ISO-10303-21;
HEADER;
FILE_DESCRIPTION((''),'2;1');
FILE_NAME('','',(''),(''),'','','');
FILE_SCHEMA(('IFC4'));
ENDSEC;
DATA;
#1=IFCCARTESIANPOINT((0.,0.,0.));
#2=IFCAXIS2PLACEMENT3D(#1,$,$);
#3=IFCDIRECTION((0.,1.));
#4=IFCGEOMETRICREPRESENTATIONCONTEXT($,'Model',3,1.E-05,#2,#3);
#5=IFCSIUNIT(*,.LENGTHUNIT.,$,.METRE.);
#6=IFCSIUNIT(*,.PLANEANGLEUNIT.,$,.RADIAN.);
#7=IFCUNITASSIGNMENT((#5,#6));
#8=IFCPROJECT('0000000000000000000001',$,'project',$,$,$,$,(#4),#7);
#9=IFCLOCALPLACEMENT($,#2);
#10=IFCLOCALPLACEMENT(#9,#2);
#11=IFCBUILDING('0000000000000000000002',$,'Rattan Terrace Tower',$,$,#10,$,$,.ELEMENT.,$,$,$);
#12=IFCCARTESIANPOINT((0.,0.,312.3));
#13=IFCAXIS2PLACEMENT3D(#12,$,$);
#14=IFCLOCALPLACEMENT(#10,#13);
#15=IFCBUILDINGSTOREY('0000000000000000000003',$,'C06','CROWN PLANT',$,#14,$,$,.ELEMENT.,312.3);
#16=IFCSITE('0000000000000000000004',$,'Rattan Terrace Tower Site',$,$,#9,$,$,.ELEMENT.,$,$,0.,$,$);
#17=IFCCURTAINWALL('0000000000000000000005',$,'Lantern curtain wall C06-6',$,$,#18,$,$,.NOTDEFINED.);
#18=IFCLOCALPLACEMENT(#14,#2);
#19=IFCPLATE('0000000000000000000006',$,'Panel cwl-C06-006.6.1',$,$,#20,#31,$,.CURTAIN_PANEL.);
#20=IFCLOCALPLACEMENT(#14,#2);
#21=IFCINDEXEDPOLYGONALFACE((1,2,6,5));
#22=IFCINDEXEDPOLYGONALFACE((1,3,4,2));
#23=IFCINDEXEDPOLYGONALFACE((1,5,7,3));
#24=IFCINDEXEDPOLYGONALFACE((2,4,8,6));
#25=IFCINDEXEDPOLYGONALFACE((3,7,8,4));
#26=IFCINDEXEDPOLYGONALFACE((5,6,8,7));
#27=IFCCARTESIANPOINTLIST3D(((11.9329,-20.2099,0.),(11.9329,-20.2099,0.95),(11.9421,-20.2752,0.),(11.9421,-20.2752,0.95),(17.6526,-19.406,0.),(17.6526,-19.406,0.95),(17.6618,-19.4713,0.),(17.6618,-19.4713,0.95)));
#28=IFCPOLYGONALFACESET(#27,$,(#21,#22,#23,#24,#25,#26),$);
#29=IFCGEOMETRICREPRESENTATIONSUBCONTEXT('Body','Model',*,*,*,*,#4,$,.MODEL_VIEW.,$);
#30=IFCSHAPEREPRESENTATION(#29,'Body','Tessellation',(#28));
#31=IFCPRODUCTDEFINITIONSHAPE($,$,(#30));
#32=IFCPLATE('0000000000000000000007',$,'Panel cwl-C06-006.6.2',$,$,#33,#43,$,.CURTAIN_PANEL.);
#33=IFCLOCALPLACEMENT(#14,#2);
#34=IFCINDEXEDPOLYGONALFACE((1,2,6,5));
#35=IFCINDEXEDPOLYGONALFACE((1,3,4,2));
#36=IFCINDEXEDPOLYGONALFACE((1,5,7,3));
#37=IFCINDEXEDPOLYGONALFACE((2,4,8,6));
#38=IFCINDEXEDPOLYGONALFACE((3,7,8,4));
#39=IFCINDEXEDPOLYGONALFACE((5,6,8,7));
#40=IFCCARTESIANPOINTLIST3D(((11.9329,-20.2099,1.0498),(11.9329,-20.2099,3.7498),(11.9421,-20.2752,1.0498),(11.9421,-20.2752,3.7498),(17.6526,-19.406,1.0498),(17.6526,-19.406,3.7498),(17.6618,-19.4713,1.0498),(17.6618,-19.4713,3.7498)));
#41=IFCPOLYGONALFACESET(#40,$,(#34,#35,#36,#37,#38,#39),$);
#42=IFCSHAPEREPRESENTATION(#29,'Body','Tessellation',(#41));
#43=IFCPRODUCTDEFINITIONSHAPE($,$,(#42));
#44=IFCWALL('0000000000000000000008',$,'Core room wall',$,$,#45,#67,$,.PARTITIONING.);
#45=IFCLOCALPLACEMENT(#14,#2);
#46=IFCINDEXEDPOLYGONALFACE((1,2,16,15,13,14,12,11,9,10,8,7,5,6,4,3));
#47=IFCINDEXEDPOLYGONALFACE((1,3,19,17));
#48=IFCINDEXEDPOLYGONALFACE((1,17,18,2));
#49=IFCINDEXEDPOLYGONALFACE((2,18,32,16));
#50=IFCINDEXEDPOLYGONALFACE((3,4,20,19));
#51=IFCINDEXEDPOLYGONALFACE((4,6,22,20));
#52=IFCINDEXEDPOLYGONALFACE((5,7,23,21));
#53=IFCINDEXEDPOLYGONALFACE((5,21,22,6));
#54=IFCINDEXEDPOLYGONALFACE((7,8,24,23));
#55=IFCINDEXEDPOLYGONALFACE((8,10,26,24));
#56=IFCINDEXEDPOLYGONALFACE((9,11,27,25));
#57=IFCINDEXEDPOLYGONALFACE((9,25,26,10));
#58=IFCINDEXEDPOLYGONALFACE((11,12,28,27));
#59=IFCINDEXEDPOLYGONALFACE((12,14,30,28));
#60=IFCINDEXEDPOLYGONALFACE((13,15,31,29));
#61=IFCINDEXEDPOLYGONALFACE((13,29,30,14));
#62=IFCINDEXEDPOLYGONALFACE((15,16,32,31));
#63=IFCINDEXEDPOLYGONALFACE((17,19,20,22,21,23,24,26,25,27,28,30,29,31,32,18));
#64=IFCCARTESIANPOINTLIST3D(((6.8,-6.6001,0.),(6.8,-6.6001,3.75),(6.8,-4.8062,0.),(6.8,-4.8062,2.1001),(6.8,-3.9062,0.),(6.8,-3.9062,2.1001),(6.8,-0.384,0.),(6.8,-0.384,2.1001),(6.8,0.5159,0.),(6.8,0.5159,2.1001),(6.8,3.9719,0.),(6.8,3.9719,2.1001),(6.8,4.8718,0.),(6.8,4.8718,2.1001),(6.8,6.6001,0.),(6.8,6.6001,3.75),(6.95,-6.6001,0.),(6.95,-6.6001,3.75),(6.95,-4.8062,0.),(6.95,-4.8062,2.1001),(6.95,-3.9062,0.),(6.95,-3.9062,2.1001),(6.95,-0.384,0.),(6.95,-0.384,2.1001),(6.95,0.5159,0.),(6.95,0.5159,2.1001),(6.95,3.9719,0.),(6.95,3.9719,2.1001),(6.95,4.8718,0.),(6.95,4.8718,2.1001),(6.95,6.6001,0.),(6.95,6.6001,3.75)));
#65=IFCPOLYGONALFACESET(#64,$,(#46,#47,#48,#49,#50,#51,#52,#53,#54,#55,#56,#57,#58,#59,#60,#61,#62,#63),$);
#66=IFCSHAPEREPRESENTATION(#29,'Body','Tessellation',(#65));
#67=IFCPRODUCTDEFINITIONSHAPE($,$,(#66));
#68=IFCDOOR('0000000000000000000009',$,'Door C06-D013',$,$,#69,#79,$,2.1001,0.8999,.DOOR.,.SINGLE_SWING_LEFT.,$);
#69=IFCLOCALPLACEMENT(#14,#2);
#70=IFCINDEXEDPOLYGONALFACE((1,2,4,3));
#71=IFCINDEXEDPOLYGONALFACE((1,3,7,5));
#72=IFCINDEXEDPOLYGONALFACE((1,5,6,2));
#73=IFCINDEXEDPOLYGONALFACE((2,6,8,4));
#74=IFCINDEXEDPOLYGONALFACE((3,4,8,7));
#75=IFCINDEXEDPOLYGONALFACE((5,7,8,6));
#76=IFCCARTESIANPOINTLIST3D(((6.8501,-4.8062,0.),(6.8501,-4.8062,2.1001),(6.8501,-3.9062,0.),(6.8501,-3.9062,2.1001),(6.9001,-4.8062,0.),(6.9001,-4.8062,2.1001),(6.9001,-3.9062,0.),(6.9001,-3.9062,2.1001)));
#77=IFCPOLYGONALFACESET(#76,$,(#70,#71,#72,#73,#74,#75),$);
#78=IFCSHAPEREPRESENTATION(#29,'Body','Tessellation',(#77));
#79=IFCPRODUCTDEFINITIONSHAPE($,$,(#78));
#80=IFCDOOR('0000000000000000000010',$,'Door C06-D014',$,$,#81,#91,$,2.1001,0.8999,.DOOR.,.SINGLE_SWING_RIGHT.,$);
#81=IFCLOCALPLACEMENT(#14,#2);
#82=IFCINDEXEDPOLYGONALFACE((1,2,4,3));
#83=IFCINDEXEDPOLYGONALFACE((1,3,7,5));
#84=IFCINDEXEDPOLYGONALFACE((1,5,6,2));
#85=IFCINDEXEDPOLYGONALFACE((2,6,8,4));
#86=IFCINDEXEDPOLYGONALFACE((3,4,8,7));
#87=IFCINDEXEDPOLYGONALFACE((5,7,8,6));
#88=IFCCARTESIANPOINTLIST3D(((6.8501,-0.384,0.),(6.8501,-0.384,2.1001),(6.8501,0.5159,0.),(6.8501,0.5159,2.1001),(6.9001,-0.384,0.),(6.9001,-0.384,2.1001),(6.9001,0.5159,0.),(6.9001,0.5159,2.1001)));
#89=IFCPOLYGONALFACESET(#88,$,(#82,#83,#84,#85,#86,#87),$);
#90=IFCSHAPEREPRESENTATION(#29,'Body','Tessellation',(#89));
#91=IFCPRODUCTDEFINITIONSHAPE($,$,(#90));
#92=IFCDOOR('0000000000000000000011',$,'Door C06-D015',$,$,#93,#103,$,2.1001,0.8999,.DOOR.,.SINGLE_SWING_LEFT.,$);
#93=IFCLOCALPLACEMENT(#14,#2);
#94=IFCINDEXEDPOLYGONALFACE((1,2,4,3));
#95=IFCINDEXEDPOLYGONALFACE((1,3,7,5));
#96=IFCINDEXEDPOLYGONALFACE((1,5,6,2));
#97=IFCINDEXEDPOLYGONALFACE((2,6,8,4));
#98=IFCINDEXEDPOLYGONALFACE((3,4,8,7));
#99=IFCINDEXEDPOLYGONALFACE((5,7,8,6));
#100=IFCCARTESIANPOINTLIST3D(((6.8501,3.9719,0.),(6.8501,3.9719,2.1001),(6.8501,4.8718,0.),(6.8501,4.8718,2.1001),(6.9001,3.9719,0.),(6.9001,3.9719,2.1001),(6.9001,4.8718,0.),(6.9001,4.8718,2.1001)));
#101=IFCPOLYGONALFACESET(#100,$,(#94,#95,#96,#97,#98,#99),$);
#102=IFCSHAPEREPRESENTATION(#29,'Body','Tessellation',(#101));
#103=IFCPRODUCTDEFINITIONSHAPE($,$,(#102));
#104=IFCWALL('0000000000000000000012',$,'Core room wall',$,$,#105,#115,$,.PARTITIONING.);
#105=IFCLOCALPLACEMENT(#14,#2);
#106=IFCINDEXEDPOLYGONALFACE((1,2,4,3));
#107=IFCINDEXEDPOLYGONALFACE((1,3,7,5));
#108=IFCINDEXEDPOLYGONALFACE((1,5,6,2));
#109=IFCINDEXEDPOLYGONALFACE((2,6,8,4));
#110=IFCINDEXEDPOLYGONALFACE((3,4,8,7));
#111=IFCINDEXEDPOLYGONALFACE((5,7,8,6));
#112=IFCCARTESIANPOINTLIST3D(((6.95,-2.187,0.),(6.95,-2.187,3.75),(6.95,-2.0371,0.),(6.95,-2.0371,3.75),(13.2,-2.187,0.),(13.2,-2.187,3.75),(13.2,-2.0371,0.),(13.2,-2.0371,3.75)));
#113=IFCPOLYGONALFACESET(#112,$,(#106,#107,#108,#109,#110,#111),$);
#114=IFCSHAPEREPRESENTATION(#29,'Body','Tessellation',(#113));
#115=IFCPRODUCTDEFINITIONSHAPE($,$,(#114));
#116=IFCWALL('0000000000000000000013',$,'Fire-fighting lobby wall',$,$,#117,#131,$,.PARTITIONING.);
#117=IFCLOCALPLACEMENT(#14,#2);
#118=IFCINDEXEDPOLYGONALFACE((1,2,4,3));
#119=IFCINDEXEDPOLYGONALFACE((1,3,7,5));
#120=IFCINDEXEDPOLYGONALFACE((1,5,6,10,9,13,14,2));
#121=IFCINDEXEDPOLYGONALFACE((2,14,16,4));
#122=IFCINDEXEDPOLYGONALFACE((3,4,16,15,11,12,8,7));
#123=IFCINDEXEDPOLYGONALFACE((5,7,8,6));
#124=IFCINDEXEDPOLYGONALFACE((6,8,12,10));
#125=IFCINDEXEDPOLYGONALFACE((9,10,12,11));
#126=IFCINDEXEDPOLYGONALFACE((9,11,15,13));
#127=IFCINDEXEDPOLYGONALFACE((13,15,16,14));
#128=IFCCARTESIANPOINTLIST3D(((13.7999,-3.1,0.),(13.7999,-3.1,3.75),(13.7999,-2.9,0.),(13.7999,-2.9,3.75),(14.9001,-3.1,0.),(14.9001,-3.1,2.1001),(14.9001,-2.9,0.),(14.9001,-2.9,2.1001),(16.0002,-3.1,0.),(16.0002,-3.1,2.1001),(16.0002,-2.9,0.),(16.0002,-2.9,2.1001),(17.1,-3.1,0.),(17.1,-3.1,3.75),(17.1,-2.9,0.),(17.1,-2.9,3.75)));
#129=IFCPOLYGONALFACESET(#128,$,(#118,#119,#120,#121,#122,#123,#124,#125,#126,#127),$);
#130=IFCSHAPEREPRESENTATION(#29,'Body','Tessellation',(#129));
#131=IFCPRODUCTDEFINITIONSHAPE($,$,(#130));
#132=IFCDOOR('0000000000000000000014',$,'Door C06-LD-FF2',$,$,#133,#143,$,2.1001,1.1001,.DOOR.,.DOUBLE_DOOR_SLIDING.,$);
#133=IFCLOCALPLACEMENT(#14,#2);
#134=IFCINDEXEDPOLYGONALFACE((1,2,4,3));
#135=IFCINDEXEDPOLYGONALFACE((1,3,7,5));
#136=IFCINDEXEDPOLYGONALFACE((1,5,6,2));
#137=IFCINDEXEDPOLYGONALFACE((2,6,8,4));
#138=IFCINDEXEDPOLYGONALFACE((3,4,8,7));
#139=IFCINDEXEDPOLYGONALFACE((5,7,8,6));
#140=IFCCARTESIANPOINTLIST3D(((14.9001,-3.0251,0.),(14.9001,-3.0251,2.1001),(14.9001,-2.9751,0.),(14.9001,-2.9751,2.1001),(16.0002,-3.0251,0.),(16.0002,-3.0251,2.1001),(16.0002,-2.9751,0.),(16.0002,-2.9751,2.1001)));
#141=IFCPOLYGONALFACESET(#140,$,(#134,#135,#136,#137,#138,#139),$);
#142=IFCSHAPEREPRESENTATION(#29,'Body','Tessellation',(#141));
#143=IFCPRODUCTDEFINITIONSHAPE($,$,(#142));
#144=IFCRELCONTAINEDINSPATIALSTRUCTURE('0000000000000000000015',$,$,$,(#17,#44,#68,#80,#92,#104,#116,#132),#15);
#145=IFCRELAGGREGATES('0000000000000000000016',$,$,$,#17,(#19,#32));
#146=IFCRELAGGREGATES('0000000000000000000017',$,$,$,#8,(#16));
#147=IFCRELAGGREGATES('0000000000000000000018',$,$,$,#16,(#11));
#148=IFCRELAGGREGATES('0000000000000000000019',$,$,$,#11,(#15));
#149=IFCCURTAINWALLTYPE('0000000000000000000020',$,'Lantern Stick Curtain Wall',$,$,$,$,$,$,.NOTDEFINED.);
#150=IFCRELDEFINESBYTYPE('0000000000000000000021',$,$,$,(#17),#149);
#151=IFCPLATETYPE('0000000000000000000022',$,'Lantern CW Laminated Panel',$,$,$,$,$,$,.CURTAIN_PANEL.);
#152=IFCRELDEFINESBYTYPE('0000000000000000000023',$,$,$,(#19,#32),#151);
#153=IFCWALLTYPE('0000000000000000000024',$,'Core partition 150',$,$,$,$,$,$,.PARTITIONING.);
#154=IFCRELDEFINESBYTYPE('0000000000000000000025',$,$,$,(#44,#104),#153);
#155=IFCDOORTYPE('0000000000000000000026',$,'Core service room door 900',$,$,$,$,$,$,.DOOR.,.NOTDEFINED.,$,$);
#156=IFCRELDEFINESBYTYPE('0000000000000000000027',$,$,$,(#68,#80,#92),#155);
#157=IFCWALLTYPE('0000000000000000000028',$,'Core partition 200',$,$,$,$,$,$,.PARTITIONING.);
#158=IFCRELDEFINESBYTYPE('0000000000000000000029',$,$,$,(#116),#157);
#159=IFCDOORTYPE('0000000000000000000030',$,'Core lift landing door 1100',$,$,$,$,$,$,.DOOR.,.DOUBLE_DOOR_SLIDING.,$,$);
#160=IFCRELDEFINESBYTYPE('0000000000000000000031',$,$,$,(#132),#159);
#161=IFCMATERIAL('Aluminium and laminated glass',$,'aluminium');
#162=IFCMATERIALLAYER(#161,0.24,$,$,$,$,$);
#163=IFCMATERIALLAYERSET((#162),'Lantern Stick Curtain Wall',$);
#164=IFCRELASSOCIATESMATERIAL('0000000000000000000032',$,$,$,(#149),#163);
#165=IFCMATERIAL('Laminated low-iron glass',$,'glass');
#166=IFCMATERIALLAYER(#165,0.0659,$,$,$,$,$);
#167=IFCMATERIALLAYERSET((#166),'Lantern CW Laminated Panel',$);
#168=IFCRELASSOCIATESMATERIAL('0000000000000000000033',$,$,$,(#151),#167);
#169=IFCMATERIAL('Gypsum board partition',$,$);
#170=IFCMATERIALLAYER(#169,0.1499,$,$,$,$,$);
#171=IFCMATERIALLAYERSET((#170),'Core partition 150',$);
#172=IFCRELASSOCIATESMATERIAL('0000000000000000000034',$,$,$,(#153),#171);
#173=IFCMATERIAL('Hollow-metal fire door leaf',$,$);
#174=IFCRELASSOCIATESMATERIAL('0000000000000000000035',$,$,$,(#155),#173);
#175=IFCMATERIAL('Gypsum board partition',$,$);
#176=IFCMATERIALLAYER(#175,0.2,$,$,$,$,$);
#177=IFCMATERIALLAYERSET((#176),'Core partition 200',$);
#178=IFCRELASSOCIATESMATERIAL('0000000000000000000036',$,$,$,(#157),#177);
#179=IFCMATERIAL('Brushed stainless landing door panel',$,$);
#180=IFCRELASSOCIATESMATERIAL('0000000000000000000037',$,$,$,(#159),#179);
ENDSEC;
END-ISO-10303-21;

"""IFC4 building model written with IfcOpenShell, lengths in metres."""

from ifc_helpers import new_model, si_unit, direction, frame, frame_2d, origin, origin_2d, place, context, subcontext, project, spatial, rectangle, extrude, material, layer, layer_set, type_object, element, fill, aggregate, save


model = new_model("IFC4")

# Units and contexts
model_context = context("Model", 3, precision=1e-05, world=origin(), true_north=direction((0.0, 1.0)))
body_context = subcontext(model_context, "Body", "Model", "MODEL_VIEW")
ifc_project = project(units=[si_unit("LENGTHUNIT", "METRE"), si_unit("PLANEANGLEUNIT", "RADIAN")], contexts=[model_context])

# Site, building, storey
site_placement = place(None, origin())
site = spatial("IfcSite", under=ifc_project, at=site_placement, Name="Rattan Terrace Tower Site", CompositionType="ELEMENT", RefElevation=0.0)
building_placement = place(site_placement, origin())
building = spatial("IfcBuilding", under=site, at=building_placement, Name="Rattan Terrace Tower", CompositionType="ELEMENT")
storey_placement = place(building_placement, frame((0.0, 0.0, 312.3)))
storey = spatial("IfcBuildingStorey", under=building, at=storey_placement, Name="C06", Description="CROWN PLANT", CompositionType="ELEMENT", Elevation=312.3)

# Curtain wall
ifc_material_1 = material(Name="Aluminium and laminated glass", Category="aluminium")
ifc_layer_1 = layer(ifc_material_1, 0.24)
ifc_layer_set_1 = layer_set([ifc_layer_1], Name="Lantern Stick Curtain Wall")
curtain_wall_type = type_object("IfcCurtainWallType", Name="Lantern Stick Curtain Wall", PredefinedType="NOTDEFINED", material=ifc_layer_set_1)
curtain_wall_placement = place(storey_placement, origin())
curtain_wall = element("IfcCurtainWall", 1, at=curtain_wall_placement, inside=storey, type_object=curtain_wall_type, Name="Lantern curtain wall C06-6", PredefinedType="NOTDEFINED")

# Plates
ifc_material_2 = material(Name="Laminated low-iron glass", Category="glass")
ifc_layer_2 = layer(ifc_material_2, 0.0659)
ifc_layer_set_2 = layer_set([ifc_layer_2], Name="Lantern CW Laminated Panel")
plate_type = type_object("IfcPlateType", Name="Lantern CW Laminated Panel", PredefinedType="CURTAIN_PANEL", material=ifc_layer_set_2)
plate_1_placement = place(storey_placement, frame((14.7974, -19.8406, 0.0), z_axis=(0.0, 0.0, 1.0), x_axis=(0.990267, 0.139181, 0.0)))
plate_1 = element("IfcPlate", 2, at=plate_1_placement, type_object=plate_type, Name="Panel cwl-C06-006.6.1", PredefinedType="CURTAIN_PANEL", context=body_context, shape_type="SweptSolid", body=[
    extrude(rectangle(XDim=5.7759, YDim=0.0659, at=origin_2d()), origin(), (0.0, 0.0, 1.0), 0.95),
])
plate_2_placement = place(storey_placement, frame((14.7974, -19.8406, 1.0498), z_axis=(0.0, 0.0, 1.0), x_axis=(0.990267, 0.139181, 0.0)))
plate_2 = element("IfcPlate", 3, at=plate_2_placement, type_object=plate_type, Name="Panel cwl-C06-006.6.2", PredefinedType="CURTAIN_PANEL", context=body_context, shape_type="SweptSolid", body=[
    extrude(rectangle(XDim=5.7759, YDim=0.0659, at=origin_2d()), origin(), (0.0, 0.0, 1.0), 2.7),
])
aggregate(curtain_wall, [plate_1, plate_2])

# Wall, openings, doors
ifc_material_3 = material(Name="Gypsum board partition")
ifc_layer_3 = layer(ifc_material_3, 0.1499)
ifc_layer_set_3 = layer_set([ifc_layer_3], Name="Core partition 150")
wall_type_1 = type_object("IfcWallType", Name="Core partition 150", PredefinedType="PARTITIONING", material=ifc_layer_set_3)
wall_1_placement = place(storey_placement, frame((6.875, -6.6001, 0.0), z_axis=(0.0, 0.0, 1.0), x_axis=(0.0, 1.0, 0.0)))
wall_1 = element("IfcWall", 4, at=wall_1_placement, inside=storey, type_object=wall_type_1, Name="Core room wall", PredefinedType="PARTITIONING", context=body_context, shape_type="SweptSolid", body=[
    extrude(rectangle(XDim=13.2002, YDim=0.1499, at=frame_2d((6.6001, 0.0))), origin(), (0.0, 0.0, 1.0), 3.75),
])
opening_1_placement = place(wall_1_placement, frame((1.7939, 0.0, 0.0)))
opening_1 = element("IfcOpeningElement", 5, at=opening_1_placement, cuts=wall_1, PredefinedType="OPENING", context=body_context, shape_type="SweptSolid", body=[
    extrude(rectangle(XDim=0.8999, YDim=2.1001, at=frame_2d((0.45, 1.05))), frame((0.0, 0.0854, 0.0), z_axis=(0.0, -1.0, 0.0), x_axis=(1.0, 0.0, 0.0)), (0.0, 0.0, 1.0), 0.1709),
])
opening_2_placement = place(wall_1_placement, frame((6.2161, 0.0, 0.0)))
opening_2 = element("IfcOpeningElement", 6, at=opening_2_placement, cuts=wall_1, PredefinedType="OPENING", context=body_context, shape_type="SweptSolid", body=[
    extrude(rectangle(XDim=0.8999, YDim=2.1001, at=frame_2d((0.45, 1.05))), frame((0.0, 0.0854, 0.0), z_axis=(0.0, -1.0, 0.0), x_axis=(1.0, 0.0, 0.0)), (0.0, 0.0, 1.0), 0.1709),
])
opening_3_placement = place(wall_1_placement, frame((10.572, 0.0, 0.0)))
opening_3 = element("IfcOpeningElement", 7, at=opening_3_placement, cuts=wall_1, PredefinedType="OPENING", context=body_context, shape_type="SweptSolid", body=[
    extrude(rectangle(XDim=0.8999, YDim=2.1001, at=frame_2d((0.45, 1.05))), frame((0.0, 0.0854, 0.0), z_axis=(0.0, -1.0, 0.0), x_axis=(1.0, 0.0, 0.0)), (0.0, 0.0, 1.0), 0.1709),
])
ifc_material_4 = material(Name="Hollow-metal fire door leaf")
door_type_1 = type_object("IfcDoorType", Name="Core service room door 900", OperationType="NOTDEFINED", PredefinedType="DOOR", material=ifc_material_4)
door_1_placement = place(opening_1_placement, origin())
door_1 = element("IfcDoor", 8, at=door_1_placement, inside=storey, type_object=door_type_1, Name="Door C06-D013", OperationType="SINGLE_SWING_LEFT", OverallHeight=2.1001, OverallWidth=0.8999, PredefinedType="DOOR", context=body_context, shape_type="SweptSolid", body=[
    extrude(rectangle(XDim=0.8999, YDim=2.1001, at=frame_2d((0.45, 1.05))), frame((0.0, 0.0249, 0.0), z_axis=(0.0, -1.0, 0.0), x_axis=(1.0, 0.0, 0.0)), (0.0, 0.0, 1.0), 0.05),
])
fill(opening_1, door_1)
door_2_placement = place(opening_2_placement, origin())
door_2 = element("IfcDoor", 9, at=door_2_placement, inside=storey, type_object=door_type_1, Name="Door C06-D014", OperationType="SINGLE_SWING_RIGHT", OverallHeight=2.1001, OverallWidth=0.8999, PredefinedType="DOOR", context=body_context, shape_type="SweptSolid", body=[
    extrude(rectangle(XDim=0.8999, YDim=2.1001, at=frame_2d((0.45, 1.05))), frame((0.0, 0.0249, 0.0), z_axis=(0.0, -1.0, 0.0), x_axis=(1.0, 0.0, 0.0)), (0.0, 0.0, 1.0), 0.05),
])
fill(opening_2, door_2)
door_3_placement = place(opening_3_placement, origin())
door_3 = element("IfcDoor", 10, at=door_3_placement, inside=storey, type_object=door_type_1, Name="Door C06-D015", OperationType="SINGLE_SWING_LEFT", OverallHeight=2.1001, OverallWidth=0.8999, PredefinedType="DOOR", context=body_context, shape_type="SweptSolid", body=[
    extrude(rectangle(XDim=0.8999, YDim=2.1001, at=frame_2d((0.45, 1.05))), frame((0.0, 0.0249, 0.0), z_axis=(0.0, -1.0, 0.0), x_axis=(1.0, 0.0, 0.0)), (0.0, 0.0, 1.0), 0.05),
])
fill(opening_3, door_3)

# Wall
wall_2_placement = place(storey_placement, frame((6.95, -2.1121, 0.0), z_axis=(0.0, 0.0, 1.0), x_axis=(1.0, 0.0, 0.0)))
element("IfcWall", 11, at=wall_2_placement, inside=storey, type_object=wall_type_1, Name="Core room wall", PredefinedType="PARTITIONING", context=body_context, shape_type="SweptSolid", body=[
    extrude(rectangle(XDim=6.25, YDim=0.1499, at=frame_2d((3.125, 0.0))), origin(), (0.0, 0.0, 1.0), 3.75),
])

# Wall, opening, door
ifc_material_5 = material(Name="Gypsum board partition")
ifc_layer_4 = layer(ifc_material_5, 0.2)
ifc_layer_set_4 = layer_set([ifc_layer_4], Name="Core partition 200")
wall_type_2 = type_object("IfcWallType", Name="Core partition 200", PredefinedType="PARTITIONING", material=ifc_layer_set_4)
wall_3_placement = place(storey_placement, frame((13.8, -3.0, 0.0), z_axis=(0.0, 0.0, 1.0), x_axis=(1.0, 0.0, 0.0)))
wall_3 = element("IfcWall", 12, at=wall_3_placement, inside=storey, type_object=wall_type_2, Name="Fire-fighting lobby wall", PredefinedType="PARTITIONING", context=body_context, shape_type="SweptSolid", body=[
    extrude(rectangle(XDim=3.3, YDim=0.2, at=frame_2d((1.6499, 0.0))), origin(), (0.0, 0.0, 1.0), 3.75),
])
opening_4_placement = place(wall_3_placement, frame((1.1001, 0.0, 0.0)))
opening_4 = element("IfcOpeningElement", 13, at=opening_4_placement, cuts=wall_3, PredefinedType="OPENING", context=body_context, shape_type="SweptSolid", body=[
    extrude(rectangle(XDim=1.1001, YDim=2.1001, at=frame_2d((0.55, 1.05))), frame((0.0, 0.1106, 0.0), z_axis=(0.0, -1.0, 0.0), x_axis=(1.0, 0.0, 0.0)), (0.0, 0.0, 1.0), 0.2209),
])
ifc_material_6 = material(Name="Brushed stainless landing door panel")
door_type_2 = type_object("IfcDoorType", Name="Core lift landing door 1100", OperationType="DOUBLE_DOOR_SLIDING", PredefinedType="DOOR", material=ifc_material_6)
door_4_placement = place(opening_4_placement, origin())
door_4 = element("IfcDoor", 14, at=door_4_placement, inside=storey, type_object=door_type_2, Name="Door C06-LD-FF2", OperationType="DOUBLE_DOOR_SLIDING", OverallHeight=2.1001, OverallWidth=1.1001, PredefinedType="DOOR", context=body_context, shape_type="SweptSolid", body=[
    extrude(rectangle(XDim=1.1001, YDim=2.1001, at=frame_2d((0.55, 1.05))), frame((0.0, 0.0249, 0.0), z_axis=(0.0, -1.0, 0.0), x_axis=(1.0, 0.0, 0.0)), (0.0, 0.0, 1.0), 0.05),
])
fill(opening_4, door_4)

save(model, "model.ifc")
